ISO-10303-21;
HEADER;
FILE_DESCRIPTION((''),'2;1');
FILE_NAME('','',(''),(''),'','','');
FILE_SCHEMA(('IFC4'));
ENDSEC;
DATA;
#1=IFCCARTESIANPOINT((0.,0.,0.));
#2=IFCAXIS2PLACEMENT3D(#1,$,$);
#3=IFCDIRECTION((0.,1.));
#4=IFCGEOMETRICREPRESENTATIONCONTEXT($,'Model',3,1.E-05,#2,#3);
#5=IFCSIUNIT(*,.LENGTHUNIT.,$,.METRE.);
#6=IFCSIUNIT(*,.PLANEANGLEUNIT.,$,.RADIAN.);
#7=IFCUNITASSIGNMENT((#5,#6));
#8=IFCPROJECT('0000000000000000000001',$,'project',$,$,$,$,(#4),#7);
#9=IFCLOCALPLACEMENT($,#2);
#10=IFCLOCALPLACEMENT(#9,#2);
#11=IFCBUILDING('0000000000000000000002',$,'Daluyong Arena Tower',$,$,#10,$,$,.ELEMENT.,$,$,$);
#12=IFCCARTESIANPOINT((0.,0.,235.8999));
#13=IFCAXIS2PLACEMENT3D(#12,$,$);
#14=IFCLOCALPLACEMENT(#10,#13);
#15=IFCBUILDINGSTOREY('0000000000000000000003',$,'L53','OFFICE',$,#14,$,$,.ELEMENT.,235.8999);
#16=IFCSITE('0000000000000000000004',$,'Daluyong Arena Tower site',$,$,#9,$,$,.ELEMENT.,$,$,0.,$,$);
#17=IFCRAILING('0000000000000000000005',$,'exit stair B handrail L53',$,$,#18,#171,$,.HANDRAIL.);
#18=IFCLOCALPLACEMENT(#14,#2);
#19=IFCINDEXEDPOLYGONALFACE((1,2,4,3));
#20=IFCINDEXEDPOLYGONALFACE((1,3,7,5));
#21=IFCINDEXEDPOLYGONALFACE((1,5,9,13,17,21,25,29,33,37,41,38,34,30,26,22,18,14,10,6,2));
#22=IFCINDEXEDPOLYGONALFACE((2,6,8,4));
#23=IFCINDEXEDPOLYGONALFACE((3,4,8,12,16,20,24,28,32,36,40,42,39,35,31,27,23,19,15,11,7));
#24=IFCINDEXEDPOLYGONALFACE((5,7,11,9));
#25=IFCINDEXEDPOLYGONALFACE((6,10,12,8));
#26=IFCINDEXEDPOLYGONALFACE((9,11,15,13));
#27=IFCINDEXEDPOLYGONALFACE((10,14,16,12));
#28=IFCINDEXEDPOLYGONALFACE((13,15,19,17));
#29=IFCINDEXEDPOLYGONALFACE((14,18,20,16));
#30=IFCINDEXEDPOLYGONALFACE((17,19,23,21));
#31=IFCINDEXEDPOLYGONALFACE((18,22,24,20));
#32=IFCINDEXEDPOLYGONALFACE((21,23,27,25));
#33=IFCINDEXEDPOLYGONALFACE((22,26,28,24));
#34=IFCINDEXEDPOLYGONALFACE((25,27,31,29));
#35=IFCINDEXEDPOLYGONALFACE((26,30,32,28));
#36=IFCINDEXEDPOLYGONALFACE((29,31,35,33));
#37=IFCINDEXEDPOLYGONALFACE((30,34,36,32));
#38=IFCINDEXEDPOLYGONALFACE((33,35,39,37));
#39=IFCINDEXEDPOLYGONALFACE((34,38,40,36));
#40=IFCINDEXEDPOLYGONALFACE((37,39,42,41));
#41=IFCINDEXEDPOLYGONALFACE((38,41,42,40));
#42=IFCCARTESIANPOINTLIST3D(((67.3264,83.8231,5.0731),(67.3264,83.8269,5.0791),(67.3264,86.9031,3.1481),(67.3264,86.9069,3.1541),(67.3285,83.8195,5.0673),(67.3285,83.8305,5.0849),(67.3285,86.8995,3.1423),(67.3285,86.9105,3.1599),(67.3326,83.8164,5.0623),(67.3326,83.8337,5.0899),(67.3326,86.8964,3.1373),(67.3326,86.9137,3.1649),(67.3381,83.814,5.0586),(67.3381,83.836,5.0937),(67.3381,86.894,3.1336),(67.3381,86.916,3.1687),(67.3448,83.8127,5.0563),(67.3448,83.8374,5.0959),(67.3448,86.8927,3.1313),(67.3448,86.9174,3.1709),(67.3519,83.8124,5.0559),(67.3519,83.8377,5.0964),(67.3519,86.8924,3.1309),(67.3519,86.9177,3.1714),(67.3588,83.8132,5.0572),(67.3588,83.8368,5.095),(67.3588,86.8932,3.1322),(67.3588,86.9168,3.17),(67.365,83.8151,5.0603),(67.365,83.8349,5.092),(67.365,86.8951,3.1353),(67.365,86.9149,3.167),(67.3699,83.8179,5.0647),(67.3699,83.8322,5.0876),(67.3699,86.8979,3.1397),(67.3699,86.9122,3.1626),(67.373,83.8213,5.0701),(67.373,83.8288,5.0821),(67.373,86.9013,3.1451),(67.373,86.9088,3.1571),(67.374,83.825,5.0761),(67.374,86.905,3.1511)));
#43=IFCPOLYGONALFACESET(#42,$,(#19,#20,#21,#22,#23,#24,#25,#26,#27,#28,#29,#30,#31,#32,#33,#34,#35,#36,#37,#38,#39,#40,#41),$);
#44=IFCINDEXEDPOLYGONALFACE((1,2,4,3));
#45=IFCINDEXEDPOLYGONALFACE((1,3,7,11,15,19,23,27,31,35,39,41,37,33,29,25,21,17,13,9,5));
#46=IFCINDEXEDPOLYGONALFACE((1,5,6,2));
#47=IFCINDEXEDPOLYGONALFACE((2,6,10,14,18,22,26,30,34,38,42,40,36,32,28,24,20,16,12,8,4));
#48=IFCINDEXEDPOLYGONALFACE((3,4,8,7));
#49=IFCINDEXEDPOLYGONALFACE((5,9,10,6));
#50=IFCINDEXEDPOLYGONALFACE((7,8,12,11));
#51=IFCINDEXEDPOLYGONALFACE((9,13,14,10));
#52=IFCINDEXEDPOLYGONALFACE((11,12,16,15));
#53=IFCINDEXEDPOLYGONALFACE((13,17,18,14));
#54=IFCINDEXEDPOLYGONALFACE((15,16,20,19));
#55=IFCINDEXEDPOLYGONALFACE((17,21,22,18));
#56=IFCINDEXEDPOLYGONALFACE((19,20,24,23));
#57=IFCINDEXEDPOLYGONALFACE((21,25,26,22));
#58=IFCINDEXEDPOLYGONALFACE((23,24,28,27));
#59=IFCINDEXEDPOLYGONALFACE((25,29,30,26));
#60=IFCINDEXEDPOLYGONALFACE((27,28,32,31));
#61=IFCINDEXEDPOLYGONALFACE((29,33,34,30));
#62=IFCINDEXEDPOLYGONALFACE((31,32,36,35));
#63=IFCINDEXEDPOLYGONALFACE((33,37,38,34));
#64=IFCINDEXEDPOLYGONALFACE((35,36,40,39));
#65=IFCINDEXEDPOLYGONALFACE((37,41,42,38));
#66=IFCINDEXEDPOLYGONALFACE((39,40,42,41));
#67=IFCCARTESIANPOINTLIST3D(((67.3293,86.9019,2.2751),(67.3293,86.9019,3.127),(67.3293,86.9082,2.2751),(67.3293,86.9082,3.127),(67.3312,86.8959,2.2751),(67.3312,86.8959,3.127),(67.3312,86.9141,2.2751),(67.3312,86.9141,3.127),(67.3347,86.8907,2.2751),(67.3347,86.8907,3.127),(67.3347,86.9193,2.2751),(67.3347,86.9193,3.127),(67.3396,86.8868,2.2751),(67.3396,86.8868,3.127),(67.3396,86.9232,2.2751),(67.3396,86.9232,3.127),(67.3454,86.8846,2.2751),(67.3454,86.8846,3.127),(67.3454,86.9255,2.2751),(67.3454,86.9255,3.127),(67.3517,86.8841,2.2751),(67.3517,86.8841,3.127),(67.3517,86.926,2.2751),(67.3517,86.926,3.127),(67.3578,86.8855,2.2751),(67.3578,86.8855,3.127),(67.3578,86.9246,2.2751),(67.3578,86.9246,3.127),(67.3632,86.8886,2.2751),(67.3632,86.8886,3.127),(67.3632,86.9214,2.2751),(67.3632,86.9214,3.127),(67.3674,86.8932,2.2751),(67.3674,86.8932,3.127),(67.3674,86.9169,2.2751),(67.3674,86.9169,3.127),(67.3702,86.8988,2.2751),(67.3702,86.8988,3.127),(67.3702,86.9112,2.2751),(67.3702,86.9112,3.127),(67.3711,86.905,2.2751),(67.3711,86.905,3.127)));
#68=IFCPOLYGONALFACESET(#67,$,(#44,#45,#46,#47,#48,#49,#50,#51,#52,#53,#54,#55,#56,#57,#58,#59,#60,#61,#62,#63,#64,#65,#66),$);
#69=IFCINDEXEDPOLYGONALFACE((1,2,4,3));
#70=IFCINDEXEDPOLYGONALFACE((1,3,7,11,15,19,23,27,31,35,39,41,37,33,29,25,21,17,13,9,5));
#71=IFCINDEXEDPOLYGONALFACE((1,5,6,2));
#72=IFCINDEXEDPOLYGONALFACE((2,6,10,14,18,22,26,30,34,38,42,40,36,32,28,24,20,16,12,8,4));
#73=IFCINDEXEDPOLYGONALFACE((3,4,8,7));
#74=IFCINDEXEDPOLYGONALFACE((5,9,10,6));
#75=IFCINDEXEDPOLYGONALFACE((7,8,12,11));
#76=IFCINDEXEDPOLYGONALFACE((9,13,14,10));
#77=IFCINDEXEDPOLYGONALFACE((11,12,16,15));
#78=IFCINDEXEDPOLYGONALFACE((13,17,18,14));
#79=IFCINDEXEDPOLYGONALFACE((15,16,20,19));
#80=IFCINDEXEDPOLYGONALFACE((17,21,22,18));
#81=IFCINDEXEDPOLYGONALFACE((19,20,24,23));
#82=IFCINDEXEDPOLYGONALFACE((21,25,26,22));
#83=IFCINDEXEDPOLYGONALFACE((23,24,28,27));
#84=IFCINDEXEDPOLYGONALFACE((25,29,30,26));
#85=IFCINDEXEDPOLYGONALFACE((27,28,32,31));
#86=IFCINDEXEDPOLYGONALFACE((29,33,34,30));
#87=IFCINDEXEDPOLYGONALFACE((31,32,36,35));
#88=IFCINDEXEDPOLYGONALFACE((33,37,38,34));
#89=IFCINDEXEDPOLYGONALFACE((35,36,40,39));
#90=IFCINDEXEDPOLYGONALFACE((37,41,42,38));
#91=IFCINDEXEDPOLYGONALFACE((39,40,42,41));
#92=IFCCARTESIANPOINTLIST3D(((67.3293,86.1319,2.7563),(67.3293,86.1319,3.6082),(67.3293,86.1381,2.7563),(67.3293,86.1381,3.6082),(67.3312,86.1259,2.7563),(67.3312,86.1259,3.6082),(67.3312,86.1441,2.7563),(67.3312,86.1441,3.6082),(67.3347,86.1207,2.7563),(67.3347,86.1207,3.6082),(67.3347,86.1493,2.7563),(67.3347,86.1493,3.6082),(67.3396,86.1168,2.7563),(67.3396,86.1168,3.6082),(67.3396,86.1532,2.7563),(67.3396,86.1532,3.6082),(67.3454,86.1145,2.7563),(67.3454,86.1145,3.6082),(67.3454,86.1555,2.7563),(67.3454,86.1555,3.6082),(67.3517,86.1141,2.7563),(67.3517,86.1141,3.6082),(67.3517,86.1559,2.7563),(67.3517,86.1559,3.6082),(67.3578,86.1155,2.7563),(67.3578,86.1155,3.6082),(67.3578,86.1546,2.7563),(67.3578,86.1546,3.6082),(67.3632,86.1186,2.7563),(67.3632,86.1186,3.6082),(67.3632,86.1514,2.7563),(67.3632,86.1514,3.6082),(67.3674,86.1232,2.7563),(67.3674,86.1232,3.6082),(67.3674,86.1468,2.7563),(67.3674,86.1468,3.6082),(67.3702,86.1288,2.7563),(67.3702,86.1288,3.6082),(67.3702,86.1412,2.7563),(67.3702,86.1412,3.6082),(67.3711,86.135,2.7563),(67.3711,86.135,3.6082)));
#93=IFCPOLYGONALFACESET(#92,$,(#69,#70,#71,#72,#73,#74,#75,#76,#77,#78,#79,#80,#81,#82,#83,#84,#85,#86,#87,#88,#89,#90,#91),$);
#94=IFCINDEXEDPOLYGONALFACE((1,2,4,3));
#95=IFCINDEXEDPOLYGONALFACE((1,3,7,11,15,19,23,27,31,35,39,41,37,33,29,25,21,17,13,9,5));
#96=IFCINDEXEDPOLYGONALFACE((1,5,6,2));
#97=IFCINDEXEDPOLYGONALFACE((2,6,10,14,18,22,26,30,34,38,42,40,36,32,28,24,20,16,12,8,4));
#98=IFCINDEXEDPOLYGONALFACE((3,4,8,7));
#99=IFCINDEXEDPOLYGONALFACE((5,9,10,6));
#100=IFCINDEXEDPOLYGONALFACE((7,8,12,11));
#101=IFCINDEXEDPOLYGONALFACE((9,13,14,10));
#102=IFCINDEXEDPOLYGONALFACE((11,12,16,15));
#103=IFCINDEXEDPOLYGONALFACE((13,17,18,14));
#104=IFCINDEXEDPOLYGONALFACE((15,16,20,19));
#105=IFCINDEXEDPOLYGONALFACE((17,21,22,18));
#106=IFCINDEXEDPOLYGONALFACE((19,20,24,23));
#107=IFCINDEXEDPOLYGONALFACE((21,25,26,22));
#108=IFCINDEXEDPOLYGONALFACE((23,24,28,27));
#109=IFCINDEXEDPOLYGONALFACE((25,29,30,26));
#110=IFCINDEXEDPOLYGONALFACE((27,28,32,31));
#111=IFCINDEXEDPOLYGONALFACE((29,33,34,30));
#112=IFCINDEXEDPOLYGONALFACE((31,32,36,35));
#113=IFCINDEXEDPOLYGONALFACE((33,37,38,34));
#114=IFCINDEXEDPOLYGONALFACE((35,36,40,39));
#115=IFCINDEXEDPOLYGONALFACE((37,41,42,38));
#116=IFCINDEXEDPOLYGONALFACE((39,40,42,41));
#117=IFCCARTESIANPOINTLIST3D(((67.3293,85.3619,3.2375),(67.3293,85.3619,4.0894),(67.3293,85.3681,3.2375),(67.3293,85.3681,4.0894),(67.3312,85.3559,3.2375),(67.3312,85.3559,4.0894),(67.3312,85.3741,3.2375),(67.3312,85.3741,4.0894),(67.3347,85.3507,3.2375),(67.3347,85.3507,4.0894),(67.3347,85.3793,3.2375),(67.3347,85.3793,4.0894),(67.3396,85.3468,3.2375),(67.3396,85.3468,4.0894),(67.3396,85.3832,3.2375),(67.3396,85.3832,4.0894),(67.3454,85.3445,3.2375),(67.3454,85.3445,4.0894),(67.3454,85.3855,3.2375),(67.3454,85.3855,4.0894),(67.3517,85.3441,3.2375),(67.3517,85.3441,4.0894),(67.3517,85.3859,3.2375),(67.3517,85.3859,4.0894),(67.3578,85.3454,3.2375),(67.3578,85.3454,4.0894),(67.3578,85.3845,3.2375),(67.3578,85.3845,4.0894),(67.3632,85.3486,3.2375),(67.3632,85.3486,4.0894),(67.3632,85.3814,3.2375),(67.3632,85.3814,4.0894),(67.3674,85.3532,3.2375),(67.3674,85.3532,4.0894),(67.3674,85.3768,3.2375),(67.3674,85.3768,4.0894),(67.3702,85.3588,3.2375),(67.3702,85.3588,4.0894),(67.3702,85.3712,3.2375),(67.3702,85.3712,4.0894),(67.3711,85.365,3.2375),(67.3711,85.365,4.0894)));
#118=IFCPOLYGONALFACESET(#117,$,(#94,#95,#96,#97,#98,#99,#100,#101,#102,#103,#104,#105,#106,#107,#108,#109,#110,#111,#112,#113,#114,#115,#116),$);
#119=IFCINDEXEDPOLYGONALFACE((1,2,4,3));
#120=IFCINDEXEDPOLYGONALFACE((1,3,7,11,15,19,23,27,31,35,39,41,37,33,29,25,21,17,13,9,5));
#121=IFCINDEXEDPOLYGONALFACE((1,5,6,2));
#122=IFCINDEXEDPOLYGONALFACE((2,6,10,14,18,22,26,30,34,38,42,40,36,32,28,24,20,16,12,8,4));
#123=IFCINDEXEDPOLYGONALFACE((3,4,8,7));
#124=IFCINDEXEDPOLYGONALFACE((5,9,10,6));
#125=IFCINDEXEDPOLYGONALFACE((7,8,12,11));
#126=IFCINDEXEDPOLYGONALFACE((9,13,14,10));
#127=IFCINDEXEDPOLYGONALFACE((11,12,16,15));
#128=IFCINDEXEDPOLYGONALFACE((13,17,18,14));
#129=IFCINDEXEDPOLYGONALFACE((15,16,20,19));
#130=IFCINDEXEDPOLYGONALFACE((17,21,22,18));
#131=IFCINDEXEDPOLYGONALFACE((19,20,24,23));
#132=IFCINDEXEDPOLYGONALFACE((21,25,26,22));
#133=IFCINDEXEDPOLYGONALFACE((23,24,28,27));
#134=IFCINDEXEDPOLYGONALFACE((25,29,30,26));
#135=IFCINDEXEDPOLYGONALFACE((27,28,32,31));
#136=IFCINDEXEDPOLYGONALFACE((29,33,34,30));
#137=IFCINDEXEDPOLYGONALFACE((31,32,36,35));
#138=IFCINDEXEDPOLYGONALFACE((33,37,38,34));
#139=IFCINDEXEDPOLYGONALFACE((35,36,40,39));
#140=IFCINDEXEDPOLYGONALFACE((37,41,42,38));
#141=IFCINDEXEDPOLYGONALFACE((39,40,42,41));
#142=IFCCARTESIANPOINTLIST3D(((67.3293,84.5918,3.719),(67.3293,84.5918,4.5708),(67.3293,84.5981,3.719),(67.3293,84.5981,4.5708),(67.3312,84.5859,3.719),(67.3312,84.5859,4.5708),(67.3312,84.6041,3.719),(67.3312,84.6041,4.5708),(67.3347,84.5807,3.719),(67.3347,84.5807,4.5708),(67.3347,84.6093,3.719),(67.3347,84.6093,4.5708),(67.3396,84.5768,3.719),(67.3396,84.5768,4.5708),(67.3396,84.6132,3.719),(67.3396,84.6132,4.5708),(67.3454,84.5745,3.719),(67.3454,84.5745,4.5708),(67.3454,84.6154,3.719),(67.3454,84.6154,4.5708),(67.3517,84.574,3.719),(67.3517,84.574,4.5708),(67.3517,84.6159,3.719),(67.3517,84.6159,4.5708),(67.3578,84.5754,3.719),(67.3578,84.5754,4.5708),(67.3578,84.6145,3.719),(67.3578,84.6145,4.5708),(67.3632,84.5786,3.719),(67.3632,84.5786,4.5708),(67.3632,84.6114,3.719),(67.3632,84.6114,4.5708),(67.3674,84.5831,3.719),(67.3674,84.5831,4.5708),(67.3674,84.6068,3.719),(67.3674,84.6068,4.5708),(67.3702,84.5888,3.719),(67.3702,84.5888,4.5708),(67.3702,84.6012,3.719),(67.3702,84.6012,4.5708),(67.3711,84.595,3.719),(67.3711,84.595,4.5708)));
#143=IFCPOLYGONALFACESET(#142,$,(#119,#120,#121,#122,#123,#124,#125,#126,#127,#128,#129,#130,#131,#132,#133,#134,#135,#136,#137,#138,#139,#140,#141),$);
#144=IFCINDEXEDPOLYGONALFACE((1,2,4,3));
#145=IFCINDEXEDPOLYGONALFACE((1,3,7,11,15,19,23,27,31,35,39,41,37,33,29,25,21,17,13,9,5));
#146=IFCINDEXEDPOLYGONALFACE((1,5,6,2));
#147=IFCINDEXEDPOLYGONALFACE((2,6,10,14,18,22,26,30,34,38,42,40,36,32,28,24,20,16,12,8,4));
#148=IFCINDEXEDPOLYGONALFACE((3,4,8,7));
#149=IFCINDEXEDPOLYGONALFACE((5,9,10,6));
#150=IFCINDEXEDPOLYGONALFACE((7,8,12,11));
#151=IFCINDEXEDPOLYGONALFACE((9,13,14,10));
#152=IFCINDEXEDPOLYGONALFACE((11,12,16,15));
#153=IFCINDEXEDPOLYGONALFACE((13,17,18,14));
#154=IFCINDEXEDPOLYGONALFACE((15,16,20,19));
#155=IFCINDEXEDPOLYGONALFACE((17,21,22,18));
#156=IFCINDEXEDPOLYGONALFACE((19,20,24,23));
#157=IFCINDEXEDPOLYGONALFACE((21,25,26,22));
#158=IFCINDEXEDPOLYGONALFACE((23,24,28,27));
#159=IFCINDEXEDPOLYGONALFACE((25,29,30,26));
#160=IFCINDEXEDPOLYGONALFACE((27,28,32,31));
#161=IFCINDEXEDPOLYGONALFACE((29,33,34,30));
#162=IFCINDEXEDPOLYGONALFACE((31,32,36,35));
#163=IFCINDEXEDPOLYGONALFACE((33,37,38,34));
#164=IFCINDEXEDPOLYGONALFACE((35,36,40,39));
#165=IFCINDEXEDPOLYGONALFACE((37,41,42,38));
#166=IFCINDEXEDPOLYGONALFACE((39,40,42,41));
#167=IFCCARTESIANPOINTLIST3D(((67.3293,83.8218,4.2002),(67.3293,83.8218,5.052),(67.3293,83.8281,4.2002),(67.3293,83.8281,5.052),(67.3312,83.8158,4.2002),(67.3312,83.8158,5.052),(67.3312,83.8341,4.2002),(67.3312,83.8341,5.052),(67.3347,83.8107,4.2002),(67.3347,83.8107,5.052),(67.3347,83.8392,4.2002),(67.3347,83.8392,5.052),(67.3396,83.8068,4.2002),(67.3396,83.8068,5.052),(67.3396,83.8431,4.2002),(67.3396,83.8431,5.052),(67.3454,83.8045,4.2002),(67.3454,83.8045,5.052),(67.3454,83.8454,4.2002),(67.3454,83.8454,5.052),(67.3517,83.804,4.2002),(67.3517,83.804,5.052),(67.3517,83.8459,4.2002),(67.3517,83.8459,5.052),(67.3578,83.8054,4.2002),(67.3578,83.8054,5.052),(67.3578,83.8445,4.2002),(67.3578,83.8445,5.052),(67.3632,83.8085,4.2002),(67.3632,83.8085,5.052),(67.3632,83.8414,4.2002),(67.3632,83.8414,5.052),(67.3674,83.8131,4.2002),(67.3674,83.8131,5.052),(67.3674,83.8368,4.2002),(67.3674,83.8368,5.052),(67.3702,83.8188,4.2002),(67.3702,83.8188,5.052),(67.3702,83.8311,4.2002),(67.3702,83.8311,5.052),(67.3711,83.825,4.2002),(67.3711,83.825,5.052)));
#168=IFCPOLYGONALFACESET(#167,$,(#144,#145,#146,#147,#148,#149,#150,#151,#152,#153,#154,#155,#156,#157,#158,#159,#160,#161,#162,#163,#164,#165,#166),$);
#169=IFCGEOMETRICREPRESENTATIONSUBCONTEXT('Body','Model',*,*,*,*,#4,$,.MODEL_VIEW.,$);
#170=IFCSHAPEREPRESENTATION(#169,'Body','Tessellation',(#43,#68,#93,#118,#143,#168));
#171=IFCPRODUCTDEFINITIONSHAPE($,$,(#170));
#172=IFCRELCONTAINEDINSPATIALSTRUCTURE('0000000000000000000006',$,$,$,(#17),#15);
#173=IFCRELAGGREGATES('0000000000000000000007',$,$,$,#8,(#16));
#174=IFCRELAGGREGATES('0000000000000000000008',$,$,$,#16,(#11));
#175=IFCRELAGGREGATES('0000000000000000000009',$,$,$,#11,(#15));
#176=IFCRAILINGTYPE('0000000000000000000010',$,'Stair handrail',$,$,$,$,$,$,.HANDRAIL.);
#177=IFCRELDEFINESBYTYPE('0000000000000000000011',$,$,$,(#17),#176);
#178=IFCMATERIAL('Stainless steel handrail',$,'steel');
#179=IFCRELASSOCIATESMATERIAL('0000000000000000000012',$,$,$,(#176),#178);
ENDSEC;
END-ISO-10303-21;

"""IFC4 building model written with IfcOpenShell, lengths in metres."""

from ifc_helpers import new_model, si_unit, direction, frame, origin, origin_2d, place, context, subcontext, project, spatial, circle, extrude, material, type_object, element, save


model = new_model("IFC4")

# Units and contexts
model_context = context("Model", 3, precision=1e-05, world=origin(), true_north=direction((0.0, 1.0)))
body_context = subcontext(model_context, "Body", "Model", "MODEL_VIEW")
ifc_project = project(units=[si_unit("LENGTHUNIT", "METRE"), si_unit("PLANEANGLEUNIT", "RADIAN")], contexts=[model_context])

# Site, building, storey
site_placement = place(None, origin())
site = spatial("IfcSite", under=ifc_project, at=site_placement, Name="Daluyong Arena Tower site", CompositionType="ELEMENT", RefElevation=0.0)
building_placement = place(site_placement, origin())
building = spatial("IfcBuilding", under=site, at=building_placement, Name="Daluyong Arena Tower", CompositionType="ELEMENT")
storey_placement = place(building_placement, frame((0.0, 0.0, 235.8999)))
storey = spatial("IfcBuildingStorey", under=building, at=storey_placement, Name="L53", Description="OFFICE", CompositionType="ELEMENT", Elevation=235.8999)

# Railing
ifc_material_1 = material(Name="Stainless steel handrail", Category="steel")
railing_type_1 = type_object("IfcRailingType", Name="Stair handrail", PredefinedType="HANDRAIL", material=ifc_material_1)
railing_1_placement = place(storey_placement, frame((67.3501, 86.905, 2.2751)))
element("IfcRailing", 1, at=railing_1_placement, inside=storey, type_object=railing_type_1, Name="exit stair B handrail L53", PredefinedType="HANDRAIL", context=body_context, shape_type="SweptSolid", body=[
    extrude(circle(Radius=0.0239, at=origin_2d()), frame((0.0, 0.0, 0.876), z_axis=(0.0, -0.847998, 0.529999), x_axis=(1.0, 0.0, 0.0)), (0.0, 0.0, 1.0), 3.6321),
    extrude(circle(Radius=0.021, at=origin_2d()), origin(), (0.0, 0.0, 1.0), 0.8518),
    extrude(circle(Radius=0.021, at=origin_2d()), frame((0.0, -0.77, 0.4812)), (0.0, 0.0, 1.0), 0.8518),
    extrude(circle(Radius=0.021, at=origin_2d()), frame((0.0, -1.54, 0.9624)), (0.0, 0.0, 1.0), 0.8518),
    extrude(circle(Radius=0.021, at=origin_2d()), frame((0.0, -2.3101, 1.4438)), (0.0, 0.0, 1.0), 0.8518),
    extrude(circle(Radius=0.021, at=origin_2d()), frame((0.0, -3.0801, 1.925)), (0.0, 0.0, 1.0), 0.8518),
])

save(model, "model.ifc")
